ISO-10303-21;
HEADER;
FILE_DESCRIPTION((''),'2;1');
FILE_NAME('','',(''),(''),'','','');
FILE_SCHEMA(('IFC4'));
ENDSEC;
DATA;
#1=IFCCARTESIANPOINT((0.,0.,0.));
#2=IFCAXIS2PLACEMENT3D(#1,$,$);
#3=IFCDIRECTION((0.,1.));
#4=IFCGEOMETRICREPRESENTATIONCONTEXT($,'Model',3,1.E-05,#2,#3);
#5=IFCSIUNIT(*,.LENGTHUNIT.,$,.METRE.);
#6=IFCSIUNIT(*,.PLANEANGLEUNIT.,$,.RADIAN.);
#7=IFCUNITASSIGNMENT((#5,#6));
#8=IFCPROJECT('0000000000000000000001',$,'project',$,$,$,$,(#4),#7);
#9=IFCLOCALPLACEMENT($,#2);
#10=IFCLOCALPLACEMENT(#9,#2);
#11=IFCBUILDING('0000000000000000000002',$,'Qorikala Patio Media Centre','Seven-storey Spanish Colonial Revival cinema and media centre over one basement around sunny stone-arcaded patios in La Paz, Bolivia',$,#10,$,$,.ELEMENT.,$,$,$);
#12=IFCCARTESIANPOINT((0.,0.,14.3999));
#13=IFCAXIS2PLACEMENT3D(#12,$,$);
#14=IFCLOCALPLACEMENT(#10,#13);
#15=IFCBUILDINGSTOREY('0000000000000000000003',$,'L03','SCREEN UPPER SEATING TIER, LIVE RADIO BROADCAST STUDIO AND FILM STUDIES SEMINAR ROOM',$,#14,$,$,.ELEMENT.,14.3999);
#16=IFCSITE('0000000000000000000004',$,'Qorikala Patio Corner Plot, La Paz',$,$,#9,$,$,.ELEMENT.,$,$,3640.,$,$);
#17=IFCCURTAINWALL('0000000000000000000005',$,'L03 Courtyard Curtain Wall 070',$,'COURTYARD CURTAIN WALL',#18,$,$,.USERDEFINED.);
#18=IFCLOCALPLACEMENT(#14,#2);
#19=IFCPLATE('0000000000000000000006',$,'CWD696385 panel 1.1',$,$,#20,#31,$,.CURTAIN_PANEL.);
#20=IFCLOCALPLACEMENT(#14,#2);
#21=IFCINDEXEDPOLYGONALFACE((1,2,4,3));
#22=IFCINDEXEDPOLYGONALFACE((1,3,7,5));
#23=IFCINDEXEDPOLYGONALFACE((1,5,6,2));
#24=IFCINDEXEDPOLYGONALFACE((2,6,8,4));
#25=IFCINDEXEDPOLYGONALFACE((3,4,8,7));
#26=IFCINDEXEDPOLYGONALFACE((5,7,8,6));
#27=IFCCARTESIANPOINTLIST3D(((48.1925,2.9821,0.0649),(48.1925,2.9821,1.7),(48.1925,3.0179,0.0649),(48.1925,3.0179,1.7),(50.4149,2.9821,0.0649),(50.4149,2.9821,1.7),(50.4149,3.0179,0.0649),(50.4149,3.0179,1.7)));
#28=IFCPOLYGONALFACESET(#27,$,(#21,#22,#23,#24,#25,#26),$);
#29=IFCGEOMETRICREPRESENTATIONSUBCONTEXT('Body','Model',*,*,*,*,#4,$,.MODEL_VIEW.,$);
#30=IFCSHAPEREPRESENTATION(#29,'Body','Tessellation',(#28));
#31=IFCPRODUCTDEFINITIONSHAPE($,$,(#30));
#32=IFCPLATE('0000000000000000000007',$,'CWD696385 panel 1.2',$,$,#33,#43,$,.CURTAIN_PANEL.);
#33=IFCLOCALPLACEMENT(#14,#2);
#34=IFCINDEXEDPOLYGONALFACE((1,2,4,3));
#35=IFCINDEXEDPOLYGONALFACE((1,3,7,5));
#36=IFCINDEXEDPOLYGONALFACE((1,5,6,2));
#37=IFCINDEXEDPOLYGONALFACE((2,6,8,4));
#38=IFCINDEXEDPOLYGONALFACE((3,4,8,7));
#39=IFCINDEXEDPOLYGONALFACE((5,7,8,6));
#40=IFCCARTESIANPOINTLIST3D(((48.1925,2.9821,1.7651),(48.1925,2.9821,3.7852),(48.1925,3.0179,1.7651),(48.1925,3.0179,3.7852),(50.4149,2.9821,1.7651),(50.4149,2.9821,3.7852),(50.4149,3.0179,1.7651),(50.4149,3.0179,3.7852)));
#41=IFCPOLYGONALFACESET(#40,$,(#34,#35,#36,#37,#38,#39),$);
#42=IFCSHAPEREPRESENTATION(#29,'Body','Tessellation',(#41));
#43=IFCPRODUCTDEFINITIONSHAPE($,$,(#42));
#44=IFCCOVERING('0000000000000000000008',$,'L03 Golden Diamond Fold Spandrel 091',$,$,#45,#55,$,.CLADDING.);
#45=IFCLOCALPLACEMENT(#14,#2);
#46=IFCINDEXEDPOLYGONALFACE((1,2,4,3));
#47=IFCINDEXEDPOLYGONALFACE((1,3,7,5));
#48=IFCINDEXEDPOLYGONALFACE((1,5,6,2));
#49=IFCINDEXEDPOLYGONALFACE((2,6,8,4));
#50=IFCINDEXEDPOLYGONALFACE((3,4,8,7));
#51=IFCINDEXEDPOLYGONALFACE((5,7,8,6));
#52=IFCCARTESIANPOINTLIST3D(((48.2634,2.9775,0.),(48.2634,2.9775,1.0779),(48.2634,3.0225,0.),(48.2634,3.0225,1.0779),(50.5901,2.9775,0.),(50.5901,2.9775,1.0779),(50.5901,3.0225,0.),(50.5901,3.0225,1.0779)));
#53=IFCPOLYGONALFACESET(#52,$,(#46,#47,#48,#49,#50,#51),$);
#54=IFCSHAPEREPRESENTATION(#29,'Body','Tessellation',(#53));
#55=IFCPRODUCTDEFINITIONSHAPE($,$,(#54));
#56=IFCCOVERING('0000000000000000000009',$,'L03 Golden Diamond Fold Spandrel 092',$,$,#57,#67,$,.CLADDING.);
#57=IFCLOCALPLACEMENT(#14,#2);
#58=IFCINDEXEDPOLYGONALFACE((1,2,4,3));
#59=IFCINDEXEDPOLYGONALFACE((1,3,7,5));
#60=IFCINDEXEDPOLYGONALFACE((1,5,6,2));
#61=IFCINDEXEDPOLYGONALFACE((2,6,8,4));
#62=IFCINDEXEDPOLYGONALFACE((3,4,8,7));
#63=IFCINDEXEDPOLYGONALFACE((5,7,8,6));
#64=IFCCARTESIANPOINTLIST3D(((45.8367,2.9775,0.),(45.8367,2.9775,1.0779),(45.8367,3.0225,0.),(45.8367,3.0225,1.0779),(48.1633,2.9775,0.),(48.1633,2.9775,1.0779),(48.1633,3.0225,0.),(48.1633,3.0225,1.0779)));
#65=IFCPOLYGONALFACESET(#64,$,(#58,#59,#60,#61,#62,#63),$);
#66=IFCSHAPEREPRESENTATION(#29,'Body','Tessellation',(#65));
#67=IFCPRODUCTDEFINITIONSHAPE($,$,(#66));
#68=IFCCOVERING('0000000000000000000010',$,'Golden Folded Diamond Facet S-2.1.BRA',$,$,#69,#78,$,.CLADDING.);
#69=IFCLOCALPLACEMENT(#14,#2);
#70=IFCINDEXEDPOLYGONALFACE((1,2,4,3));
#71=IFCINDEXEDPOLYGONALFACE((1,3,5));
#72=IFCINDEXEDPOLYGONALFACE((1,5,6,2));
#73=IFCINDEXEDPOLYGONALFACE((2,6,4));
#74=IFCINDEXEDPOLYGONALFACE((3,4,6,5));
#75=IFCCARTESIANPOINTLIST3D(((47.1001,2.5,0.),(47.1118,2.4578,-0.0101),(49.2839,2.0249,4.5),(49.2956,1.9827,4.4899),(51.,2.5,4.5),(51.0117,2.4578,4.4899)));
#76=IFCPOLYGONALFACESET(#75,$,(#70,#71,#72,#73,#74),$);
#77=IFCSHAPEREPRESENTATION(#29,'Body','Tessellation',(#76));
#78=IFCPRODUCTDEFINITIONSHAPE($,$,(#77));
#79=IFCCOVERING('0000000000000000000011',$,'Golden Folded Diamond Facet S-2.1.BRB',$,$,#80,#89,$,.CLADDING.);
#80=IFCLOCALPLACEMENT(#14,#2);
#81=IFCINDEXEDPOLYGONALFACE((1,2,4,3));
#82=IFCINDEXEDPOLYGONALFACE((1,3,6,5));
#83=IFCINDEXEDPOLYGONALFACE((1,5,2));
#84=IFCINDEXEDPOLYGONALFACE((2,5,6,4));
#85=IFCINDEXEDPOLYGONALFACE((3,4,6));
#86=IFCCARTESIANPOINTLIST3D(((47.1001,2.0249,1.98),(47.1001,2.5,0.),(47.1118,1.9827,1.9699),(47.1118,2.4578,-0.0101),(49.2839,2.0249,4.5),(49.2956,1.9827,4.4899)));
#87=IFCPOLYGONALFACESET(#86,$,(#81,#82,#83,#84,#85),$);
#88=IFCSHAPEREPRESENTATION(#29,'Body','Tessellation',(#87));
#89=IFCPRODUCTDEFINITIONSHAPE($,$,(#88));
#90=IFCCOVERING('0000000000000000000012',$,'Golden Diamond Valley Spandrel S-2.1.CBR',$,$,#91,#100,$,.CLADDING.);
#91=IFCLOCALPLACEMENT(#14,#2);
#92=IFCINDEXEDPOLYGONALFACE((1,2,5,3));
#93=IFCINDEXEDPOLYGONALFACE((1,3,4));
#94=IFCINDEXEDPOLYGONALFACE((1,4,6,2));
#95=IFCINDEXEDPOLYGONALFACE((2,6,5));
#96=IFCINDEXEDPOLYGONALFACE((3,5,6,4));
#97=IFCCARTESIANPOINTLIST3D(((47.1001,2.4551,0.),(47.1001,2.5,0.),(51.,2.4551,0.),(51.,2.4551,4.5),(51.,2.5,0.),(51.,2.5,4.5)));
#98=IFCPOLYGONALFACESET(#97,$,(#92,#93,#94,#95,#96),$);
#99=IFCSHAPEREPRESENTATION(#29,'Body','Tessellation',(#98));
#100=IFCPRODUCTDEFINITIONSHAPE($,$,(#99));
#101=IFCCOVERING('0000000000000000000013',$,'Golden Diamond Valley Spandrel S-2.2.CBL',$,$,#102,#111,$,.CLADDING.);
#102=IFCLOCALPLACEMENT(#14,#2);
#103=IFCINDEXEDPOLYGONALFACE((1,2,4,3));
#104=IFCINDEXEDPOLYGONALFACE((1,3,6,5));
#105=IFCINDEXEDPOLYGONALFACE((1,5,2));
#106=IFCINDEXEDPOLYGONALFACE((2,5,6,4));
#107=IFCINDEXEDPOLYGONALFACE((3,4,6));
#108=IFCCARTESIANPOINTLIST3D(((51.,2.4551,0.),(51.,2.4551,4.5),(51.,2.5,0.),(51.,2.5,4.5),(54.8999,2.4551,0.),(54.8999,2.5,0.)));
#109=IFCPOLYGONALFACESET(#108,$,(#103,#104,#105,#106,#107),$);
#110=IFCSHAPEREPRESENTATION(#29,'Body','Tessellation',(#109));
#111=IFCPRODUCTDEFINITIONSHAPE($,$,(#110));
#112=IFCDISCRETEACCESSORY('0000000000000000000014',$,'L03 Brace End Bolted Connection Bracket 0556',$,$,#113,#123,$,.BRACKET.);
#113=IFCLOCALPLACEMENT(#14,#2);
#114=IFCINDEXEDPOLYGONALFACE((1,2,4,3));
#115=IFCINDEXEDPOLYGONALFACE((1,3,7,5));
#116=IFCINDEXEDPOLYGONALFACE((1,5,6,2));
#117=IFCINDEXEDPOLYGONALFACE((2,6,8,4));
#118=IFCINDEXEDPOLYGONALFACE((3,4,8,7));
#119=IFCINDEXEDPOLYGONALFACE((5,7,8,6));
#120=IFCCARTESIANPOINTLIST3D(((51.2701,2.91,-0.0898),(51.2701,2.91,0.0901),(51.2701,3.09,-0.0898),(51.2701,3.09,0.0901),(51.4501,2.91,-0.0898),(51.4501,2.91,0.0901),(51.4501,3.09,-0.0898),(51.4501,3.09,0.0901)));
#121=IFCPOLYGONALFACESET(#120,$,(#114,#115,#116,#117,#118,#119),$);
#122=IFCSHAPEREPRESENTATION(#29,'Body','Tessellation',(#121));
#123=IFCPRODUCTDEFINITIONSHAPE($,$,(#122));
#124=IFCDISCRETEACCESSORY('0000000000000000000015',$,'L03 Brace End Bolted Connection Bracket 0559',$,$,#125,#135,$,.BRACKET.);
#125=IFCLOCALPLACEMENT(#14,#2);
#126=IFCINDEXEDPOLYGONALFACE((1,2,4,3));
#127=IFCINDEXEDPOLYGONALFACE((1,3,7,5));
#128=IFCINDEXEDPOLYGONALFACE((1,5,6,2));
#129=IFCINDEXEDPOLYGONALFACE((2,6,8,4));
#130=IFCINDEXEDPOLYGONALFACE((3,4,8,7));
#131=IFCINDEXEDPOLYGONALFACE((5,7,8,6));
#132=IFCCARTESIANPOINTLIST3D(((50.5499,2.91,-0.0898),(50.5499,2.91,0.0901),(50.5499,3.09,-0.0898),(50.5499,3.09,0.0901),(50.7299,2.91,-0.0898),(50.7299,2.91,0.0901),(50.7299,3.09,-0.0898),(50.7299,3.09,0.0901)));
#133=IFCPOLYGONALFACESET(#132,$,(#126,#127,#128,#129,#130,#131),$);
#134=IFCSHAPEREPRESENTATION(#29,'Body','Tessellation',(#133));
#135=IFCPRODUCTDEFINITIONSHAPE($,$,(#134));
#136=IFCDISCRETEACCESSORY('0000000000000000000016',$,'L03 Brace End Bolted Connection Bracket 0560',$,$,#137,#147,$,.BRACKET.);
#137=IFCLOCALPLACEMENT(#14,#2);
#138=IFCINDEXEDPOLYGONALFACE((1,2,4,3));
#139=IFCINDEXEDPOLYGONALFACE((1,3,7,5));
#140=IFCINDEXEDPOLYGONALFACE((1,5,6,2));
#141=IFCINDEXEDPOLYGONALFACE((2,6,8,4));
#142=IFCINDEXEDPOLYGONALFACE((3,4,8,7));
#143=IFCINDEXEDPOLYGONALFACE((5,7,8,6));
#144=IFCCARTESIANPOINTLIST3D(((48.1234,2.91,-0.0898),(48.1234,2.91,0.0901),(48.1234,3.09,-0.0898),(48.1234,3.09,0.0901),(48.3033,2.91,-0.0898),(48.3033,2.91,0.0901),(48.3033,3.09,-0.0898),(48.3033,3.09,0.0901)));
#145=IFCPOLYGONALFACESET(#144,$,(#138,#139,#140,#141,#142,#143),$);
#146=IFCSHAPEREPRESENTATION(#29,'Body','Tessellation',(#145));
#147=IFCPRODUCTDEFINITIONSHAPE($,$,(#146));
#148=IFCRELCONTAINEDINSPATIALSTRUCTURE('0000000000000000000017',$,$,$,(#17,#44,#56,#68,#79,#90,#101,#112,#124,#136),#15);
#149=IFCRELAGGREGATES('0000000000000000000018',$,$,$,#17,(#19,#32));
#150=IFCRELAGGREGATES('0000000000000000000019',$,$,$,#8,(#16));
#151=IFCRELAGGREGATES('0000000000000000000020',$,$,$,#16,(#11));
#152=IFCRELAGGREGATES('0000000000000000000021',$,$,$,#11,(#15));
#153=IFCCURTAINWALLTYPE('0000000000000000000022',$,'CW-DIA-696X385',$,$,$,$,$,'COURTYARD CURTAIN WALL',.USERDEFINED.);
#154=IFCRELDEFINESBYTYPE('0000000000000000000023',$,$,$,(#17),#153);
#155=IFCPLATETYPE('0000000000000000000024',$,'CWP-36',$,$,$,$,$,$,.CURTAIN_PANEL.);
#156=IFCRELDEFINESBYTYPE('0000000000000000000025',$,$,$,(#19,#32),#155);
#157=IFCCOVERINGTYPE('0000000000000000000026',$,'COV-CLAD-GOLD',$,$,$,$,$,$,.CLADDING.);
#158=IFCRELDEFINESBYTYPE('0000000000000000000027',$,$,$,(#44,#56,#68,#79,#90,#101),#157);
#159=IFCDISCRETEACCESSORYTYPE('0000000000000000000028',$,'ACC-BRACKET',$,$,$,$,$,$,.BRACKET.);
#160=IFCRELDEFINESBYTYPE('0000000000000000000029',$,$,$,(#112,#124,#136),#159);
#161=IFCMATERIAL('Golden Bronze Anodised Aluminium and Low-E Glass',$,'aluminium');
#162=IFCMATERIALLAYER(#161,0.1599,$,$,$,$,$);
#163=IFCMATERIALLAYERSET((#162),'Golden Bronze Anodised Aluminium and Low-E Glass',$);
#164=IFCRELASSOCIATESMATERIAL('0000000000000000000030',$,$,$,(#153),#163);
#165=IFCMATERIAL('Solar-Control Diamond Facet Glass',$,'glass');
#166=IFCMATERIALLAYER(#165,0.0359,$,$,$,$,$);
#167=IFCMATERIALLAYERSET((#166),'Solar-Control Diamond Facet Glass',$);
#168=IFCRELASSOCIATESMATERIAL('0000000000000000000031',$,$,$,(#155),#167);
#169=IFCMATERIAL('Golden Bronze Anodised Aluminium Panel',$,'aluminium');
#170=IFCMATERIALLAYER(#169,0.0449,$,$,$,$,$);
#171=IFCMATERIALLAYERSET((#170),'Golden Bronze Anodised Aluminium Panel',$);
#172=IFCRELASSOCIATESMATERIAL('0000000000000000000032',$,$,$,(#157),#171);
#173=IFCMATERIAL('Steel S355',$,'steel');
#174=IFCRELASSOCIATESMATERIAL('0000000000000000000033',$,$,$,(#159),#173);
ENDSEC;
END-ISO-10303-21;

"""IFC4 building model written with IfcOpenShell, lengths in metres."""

from ifc_helpers import new_model, si_unit, direction, frame, origin, origin_2d, place, context, subcontext, project, spatial, polyline, rectangle, outline, extrude, material, layer, layer_set, type_object, element, aggregate, save


model = new_model("IFC4")

# Units and contexts
model_context = context("Model", 3, precision=1e-05, world=origin(), true_north=direction((0.0, 1.0)))
body_context = subcontext(model_context, "Body", "Model", "MODEL_VIEW")
ifc_project = project(units=[si_unit("LENGTHUNIT", "METRE"), si_unit("PLANEANGLEUNIT", "RADIAN")], contexts=[model_context])

# Site, building, storey
site_placement = place(None, origin())
site = spatial("IfcSite", under=ifc_project, at=site_placement, Name="Qorikala Patio Corner Plot, La Paz", CompositionType="ELEMENT", RefElevation=3640.0)
building_placement = place(site_placement, origin())
building = spatial("IfcBuilding", under=site, at=building_placement, Name="Qorikala Patio Media Centre", Description="Seven-storey Spanish Colonial Revival cinema and media centre over one basement around sunny stone-arcaded patios in La Paz, Bolivia", CompositionType="ELEMENT")
storey_placement = place(building_placement, frame((0.0, 0.0, 14.3999)))
storey = spatial("IfcBuildingStorey", under=building, at=storey_placement, Name="L03", Description="SCREEN UPPER SEATING TIER, LIVE RADIO BROADCAST STUDIO AND FILM STUDIES SEMINAR ROOM", CompositionType="ELEMENT", Elevation=14.3999)

# Shared definitions
ifc_material_1 = material(Name="Golden Bronze Anodised Aluminium and Low-E Glass", Category="aluminium")
ifc_layer_1 = layer(ifc_material_1, 0.1599)
ifc_layer_set_1 = layer_set([ifc_layer_1], Name="Golden Bronze Anodised Aluminium and Low-E Glass")
curtain_wall_type = type_object("IfcCurtainWallType", Name="CW-DIA-696X385", ElementType="COURTYARD CURTAIN WALL", PredefinedType="USERDEFINED", material=ifc_layer_set_1)

# Curtain wall
curtain_wall_1_placement = place(storey_placement, origin())
curtain_wall_1 = element("IfcCurtainWall", 1, at=curtain_wall_1_placement, inside=storey, type_object=curtain_wall_type, Name="L03 Courtyard Curtain Wall 070", ObjectType="COURTYARD CURTAIN WALL", PredefinedType="USERDEFINED")

# Plates
ifc_material_2 = material(Name="Solar-Control Diamond Facet Glass", Category="glass")
ifc_layer_2 = layer(ifc_material_2, 0.0359)
ifc_layer_set_2 = layer_set([ifc_layer_2], Name="Solar-Control Diamond Facet Glass")
plate_type = type_object("IfcPlateType", Name="CWP-36", PredefinedType="CURTAIN_PANEL", material=ifc_layer_set_2)
plate_1_placement = place(storey_placement, frame((49.3037, 3.0, 0.0649), z_axis=(0.0, 0.0, 1.0), x_axis=(-1.0, 0.0, 0.0)))
plate_1 = element("IfcPlate", 2, at=plate_1_placement, type_object=plate_type, Name="CWD696385 panel 1.1", PredefinedType="CURTAIN_PANEL", context=body_context, shape_type="SweptSolid", body=[
    extrude(rectangle(XDim=2.2224, YDim=0.0359, at=origin_2d()), origin(), (0.0, 0.0, 1.0), 1.635),
])
plate_2_placement = place(storey_placement, frame((49.3037, 3.0, 1.7651), z_axis=(0.0, 0.0, 1.0), x_axis=(-1.0, 0.0, 0.0)))
plate_2 = element("IfcPlate", 3, at=plate_2_placement, type_object=plate_type, Name="CWD696385 panel 1.2", PredefinedType="CURTAIN_PANEL", context=body_context, shape_type="SweptSolid", body=[
    extrude(rectangle(XDim=2.2224, YDim=0.0359, at=origin_2d()), origin(), (0.0, 0.0, 1.0), 2.02),
])
aggregate(curtain_wall_1, [plate_1, plate_2])

# Coverings
ifc_material_3 = material(Name="Golden Bronze Anodised Aluminium Panel", Category="aluminium")
ifc_layer_3 = layer(ifc_material_3, 0.0449)
ifc_layer_set_3 = layer_set([ifc_layer_3], Name="Golden Bronze Anodised Aluminium Panel")
covering_type = type_object("IfcCoveringType", Name="COV-CLAD-GOLD", PredefinedType="CLADDING", material=ifc_layer_set_3)
for number, where, z_axis, x_axis, name in (
    (4, (49.4268, 3.0, 0.0), (0.0, 0.0, 1.0), (-1.0, 0.0, 0.0), "L03 Golden Diamond Fold Spandrel 091"),
    (5, (47.0, 3.0, 0.0), (0.0, 0.0, 1.0), (-1.0, 0.0, 0.0), "L03 Golden Diamond Fold Spandrel 092"),
):
    element("IfcCovering", number, at=place(storey_placement, frame(where, z_axis=z_axis, x_axis=x_axis)), inside=storey, type_object=covering_type, Name=name, PredefinedType="CLADDING", context=body_context, shape_type="SweptSolid", body=[
        extrude(rectangle(XDim=2.3267, YDim=0.0449, at=origin_2d()), origin(), (0.0, 0.0, 1.0), 1.0779),
    ])
covering_1_placement = place(storey_placement, frame((47.1001, 2.5, 0.0), z_axis=(-0.259957, 0.938971, 0.22529), x_axis=(0.654921, 0.0, 0.755697)))
element("IfcCovering", 6, at=covering_1_placement, inside=storey, type_object=covering_type, Name="Golden Folded Diamond Facet S-2.1.BRA", PredefinedType="CLADDING", context=body_context, shape_type="SweptSolid", body=[
    extrude(outline(polyline([(0.0, 0.0), (5.9548, 0.0), (4.8309, -1.3811), (0.0, 0.0)])), origin(), (0.0, 0.0, -1.0), 0.0449),
])
covering_2_placement = place(storey_placement, frame((47.1001, 2.5, 0.0), z_axis=(-0.259987, 0.938959, 0.225304), x_axis=(0.434644, -0.094558, 0.895625)))
element("IfcCovering", 7, at=covering_2_placement, inside=storey, type_object=covering_type, Name="Golden Folded Diamond Facet S-2.1.BRB", PredefinedType="CLADDING", context=body_context, shape_type="SweptSolid", body=[
    extrude(outline(polyline([(0.0, 0.0), (5.0244, 0.0), (1.8182, -0.9165), (0.0, 0.0)])), origin(), (0.0, 0.0, -1.0), 0.0449),
])
covering_3_placement = place(storey_placement, frame((51.0, 2.5, 0.0), z_axis=(0.0, 1.0, 0.0), x_axis=(-1.0, 0.0, 0.0)))
element("IfcCovering", 8, at=covering_3_placement, inside=storey, type_object=covering_type, Name="Golden Diamond Valley Spandrel S-2.1.CBR", PredefinedType="CLADDING", context=body_context, shape_type="SweptSolid", body=[
    extrude(outline(polyline([(0.0, 0.0), (3.8999, 0.0), (0.0, 4.5), (0.0, 0.0)])), origin(), (0.0, 0.0, -1.0), 0.0449),
])
covering_4_placement = place(storey_placement, frame((51.0, 2.5, 0.0), z_axis=(0.0, 1.0, 0.0), x_axis=(0.0, 0.0, 1.0)))
element("IfcCovering", 9, at=covering_4_placement, inside=storey, type_object=covering_type, Name="Golden Diamond Valley Spandrel S-2.2.CBL", PredefinedType="CLADDING", context=body_context, shape_type="SweptSolid", body=[
    extrude(outline(polyline([(0.0, 0.0), (4.5, 0.0), (0.0, 3.8999), (0.0, 0.0)])), origin(), (0.0, 0.0, -1.0), 0.0449),
])

# Discrete accessories
ifc_material_4 = material(Name="Steel S355", Category="steel")
discrete_accessory_type = type_object("IfcDiscreteAccessoryType", Name="ACC-BRACKET", PredefinedType="BRACKET", material=ifc_material_4)
for number, where, z_axis, x_axis, name in (
    (10, (51.3601, 3.0, -0.0898), (0.0, 0.0, 1.0), (1.0, 0.0, 0.0), "L03 Brace End Bolted Connection Bracket 0556"),
    (11, (50.6399, 3.0, -0.0898), (0.0, 0.0, 1.0), (1.0, 0.0, 0.0), "L03 Brace End Bolted Connection Bracket 0559"),
    (12, (48.2134, 3.0, -0.0898), (0.0, 0.0, 1.0), (1.0, 0.0, 0.0), "L03 Brace End Bolted Connection Bracket 0560"),
):
    element("IfcDiscreteAccessory", number, at=place(storey_placement, frame(where, z_axis=z_axis, x_axis=x_axis)), inside=storey, type_object=discrete_accessory_type, Name=name, PredefinedType="BRACKET", context=body_context, shape_type="SweptSolid", body=[
        extrude(rectangle(XDim=0.1799, YDim=0.1799, at=origin_2d()), origin(), (0.0, 0.0, 1.0), 0.1799),
    ])

save(model, "model.ifc")
